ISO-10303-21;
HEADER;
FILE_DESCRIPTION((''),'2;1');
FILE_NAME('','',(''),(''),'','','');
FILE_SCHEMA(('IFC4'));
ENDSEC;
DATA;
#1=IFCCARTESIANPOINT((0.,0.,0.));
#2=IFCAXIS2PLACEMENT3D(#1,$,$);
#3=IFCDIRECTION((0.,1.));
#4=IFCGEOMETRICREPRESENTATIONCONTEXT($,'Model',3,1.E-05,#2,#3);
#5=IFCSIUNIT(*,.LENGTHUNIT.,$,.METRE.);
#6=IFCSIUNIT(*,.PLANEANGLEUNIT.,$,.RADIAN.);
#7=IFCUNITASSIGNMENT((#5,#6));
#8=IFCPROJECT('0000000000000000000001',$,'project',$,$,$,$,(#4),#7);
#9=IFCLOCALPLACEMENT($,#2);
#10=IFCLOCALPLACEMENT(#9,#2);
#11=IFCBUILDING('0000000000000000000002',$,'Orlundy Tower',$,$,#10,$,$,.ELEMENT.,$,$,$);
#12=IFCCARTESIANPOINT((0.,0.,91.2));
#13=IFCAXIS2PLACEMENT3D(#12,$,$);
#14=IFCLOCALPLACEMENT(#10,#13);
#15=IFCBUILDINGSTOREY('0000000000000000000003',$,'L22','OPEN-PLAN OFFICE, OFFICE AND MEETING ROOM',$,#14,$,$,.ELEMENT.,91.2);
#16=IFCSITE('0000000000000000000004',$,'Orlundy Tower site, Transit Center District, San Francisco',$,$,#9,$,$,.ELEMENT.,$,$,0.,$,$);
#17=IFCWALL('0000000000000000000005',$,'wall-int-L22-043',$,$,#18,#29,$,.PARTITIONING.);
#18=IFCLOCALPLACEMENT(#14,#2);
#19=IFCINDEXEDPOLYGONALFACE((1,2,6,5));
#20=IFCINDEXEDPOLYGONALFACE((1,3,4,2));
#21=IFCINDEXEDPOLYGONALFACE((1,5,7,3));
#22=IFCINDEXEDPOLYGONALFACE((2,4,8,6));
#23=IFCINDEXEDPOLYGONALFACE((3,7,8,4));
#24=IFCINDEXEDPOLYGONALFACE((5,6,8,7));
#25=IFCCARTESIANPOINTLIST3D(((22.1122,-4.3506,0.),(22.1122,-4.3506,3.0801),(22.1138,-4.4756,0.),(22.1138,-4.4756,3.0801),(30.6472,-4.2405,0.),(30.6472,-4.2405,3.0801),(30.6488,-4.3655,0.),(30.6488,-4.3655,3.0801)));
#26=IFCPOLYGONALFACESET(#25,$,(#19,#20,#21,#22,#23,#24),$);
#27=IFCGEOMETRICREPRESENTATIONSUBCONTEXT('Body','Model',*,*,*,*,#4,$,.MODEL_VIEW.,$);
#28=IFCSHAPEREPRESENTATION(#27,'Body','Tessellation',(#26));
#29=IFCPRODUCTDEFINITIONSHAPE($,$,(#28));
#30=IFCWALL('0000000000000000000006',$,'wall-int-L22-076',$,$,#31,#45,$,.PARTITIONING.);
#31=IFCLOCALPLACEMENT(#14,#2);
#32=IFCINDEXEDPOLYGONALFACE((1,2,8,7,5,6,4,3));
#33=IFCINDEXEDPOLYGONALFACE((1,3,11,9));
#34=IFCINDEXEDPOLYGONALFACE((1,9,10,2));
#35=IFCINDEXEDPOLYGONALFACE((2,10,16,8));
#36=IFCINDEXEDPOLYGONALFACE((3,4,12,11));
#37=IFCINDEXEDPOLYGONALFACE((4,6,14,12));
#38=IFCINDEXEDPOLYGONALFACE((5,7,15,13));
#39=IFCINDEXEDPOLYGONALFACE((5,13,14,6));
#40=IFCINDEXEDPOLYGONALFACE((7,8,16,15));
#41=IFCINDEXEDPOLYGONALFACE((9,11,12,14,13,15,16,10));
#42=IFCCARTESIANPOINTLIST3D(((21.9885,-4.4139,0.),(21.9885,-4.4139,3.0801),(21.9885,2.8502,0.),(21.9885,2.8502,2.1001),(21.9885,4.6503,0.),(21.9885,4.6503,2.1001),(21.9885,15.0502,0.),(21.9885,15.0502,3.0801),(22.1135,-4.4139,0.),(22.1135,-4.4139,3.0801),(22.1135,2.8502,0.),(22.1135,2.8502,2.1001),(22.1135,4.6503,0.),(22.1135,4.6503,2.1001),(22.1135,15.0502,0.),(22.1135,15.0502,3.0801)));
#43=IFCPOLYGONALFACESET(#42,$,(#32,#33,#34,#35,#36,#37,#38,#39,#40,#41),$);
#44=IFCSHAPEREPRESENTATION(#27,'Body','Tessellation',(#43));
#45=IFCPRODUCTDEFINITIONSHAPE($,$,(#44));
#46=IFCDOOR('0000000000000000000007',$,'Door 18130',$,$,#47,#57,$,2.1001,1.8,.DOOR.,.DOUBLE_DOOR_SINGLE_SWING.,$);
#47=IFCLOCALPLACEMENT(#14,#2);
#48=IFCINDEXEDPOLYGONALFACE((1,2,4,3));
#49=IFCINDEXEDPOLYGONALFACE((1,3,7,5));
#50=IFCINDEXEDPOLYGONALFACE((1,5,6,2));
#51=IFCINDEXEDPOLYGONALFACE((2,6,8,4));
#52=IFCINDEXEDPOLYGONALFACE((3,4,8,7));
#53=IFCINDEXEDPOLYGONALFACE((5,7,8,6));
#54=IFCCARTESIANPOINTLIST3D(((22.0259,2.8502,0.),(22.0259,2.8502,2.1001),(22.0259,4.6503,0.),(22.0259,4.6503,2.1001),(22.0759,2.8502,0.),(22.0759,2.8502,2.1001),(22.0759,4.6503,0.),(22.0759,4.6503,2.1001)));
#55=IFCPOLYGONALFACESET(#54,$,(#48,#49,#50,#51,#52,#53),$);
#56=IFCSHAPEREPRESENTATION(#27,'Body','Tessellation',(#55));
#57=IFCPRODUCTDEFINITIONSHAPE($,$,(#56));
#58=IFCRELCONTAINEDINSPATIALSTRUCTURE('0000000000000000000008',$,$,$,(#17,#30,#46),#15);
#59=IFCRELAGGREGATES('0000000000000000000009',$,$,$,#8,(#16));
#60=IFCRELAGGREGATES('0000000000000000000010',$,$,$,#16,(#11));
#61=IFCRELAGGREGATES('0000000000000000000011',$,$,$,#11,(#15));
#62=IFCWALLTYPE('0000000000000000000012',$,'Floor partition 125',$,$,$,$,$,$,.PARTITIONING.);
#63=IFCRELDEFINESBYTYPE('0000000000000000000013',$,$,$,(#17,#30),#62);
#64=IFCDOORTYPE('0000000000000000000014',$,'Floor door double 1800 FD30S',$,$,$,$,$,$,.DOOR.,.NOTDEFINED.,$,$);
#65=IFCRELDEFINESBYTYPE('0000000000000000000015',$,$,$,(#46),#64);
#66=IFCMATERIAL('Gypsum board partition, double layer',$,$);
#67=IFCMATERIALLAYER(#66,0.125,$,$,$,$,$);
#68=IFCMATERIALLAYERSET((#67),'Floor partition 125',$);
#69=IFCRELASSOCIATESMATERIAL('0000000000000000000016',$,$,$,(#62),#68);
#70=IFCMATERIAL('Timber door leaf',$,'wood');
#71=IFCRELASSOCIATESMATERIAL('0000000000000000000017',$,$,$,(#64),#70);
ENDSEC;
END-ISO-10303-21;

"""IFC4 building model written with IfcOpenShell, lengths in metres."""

from ifc_helpers import new_model, si_unit, direction, frame, frame_2d, origin, place, context, subcontext, project, spatial, rectangle, extrude, material, layer, layer_set, type_object, element, fill, save


model = new_model("IFC4")

# Units and contexts
model_context = context("Model", 3, precision=1e-05, world=origin(), true_north=direction((0.0, 1.0)))
body_context = subcontext(model_context, "Body", "Model", "MODEL_VIEW")
ifc_project = project(units=[si_unit("LENGTHUNIT", "METRE"), si_unit("PLANEANGLEUNIT", "RADIAN")], contexts=[model_context])

# Site, building, storey
site_placement = place(None, origin())
site = spatial("IfcSite", under=ifc_project, at=site_placement, Name="Orlundy Tower site, Transit Center District, San Francisco", CompositionType="ELEMENT", RefElevation=0.0)
building_placement = place(site_placement, origin())
building = spatial("IfcBuilding", under=site, at=building_placement, Name="Orlundy Tower", CompositionType="ELEMENT")
storey_placement = place(building_placement, frame((0.0, 0.0, 91.2)))
storey = spatial("IfcBuildingStorey", under=building, at=storey_placement, Name="L22", Description="OPEN-PLAN OFFICE, OFFICE AND MEETING ROOM", CompositionType="ELEMENT", Elevation=91.2)

# Shared definitions
ifc_material_1 = material(Name="Gypsum board partition, double layer")
ifc_layer_1 = layer(ifc_material_1, 0.125)
ifc_layer_set_1 = layer_set([ifc_layer_1], Name="Floor partition 125")
wall_type_1 = type_object("IfcWallType", Name="Floor partition 125", PredefinedType="PARTITIONING", material=ifc_layer_set_1)

# Shared definitions
ifc_material_2 = material(Name="Timber door leaf", Category="wood")
door_type_1 = type_object("IfcDoorType", Name="Floor door double 1800 FD30S", OperationType="NOTDEFINED", PredefinedType="DOOR", material=ifc_material_2)

# Wall
wall_1_placement = place(storey_placement, frame((22.113, -4.4131, 0.0), z_axis=(0.0, 0.0, 1.0), x_axis=(0.999917, 0.0129, 0.0)))
element("IfcWall", 1, at=wall_1_placement, inside=storey, type_object=wall_type_1, Name="wall-int-L22-043", PredefinedType="PARTITIONING", context=body_context, shape_type="SweptSolid", body=[
    extrude(rectangle(XDim=8.5356, YDim=0.125, at=frame_2d((4.2678, 0.0))), origin(), (0.0, 0.0, 1.0), 3.0801),
])

# Wall, opening, door
wall_2_placement = place(storey_placement, frame((22.051, 15.05, 0.0), z_axis=(0.0, 0.0, 1.0), x_axis=(0.0, -1.0, 0.0)))
wall_2 = element("IfcWall", 2, at=wall_2_placement, inside=storey, type_object=wall_type_1, Name="wall-int-L22-076", PredefinedType="PARTITIONING", context=body_context, shape_type="SweptSolid", body=[
    extrude(rectangle(XDim=19.4641, YDim=0.125, at=frame_2d((9.7319, 0.0))), origin(), (0.0, 0.0, 1.0), 3.0801),
])
opening_1_placement = place(wall_2_placement, frame((10.3999, 0.0, 0.0)))
opening_1 = element("IfcOpeningElement", 3, at=opening_1_placement, cuts=wall_2, PredefinedType="OPENING", context=body_context, shape_type="SweptSolid", body=[
    extrude(rectangle(XDim=1.8, YDim=2.1001, at=frame_2d((0.8999, 1.05))), frame((0.0, 0.0725, 0.0), z_axis=(0.0, -1.0, 0.0), x_axis=(1.0, 0.0, 0.0)), (0.0, 0.0, 1.0), 0.145),
])
door_1_placement = place(opening_1_placement, origin())
door_1 = element("IfcDoor", 4, at=door_1_placement, inside=storey, type_object=door_type_1, Name="Door 18130", OperationType="DOUBLE_DOOR_SINGLE_SWING", OverallHeight=2.1001, OverallWidth=1.8, PredefinedType="DOOR", context=body_context, shape_type="SweptSolid", body=[
    extrude(rectangle(XDim=1.8, YDim=2.1001, at=frame_2d((0.8999, 1.05))), frame((0.0, 0.0249, 0.0), z_axis=(0.0, -1.0, 0.0), x_axis=(1.0, 0.0, 0.0)), (0.0, 0.0, 1.0), 0.05),
])
fill(opening_1, door_1)

save(model, "model.ifc")
